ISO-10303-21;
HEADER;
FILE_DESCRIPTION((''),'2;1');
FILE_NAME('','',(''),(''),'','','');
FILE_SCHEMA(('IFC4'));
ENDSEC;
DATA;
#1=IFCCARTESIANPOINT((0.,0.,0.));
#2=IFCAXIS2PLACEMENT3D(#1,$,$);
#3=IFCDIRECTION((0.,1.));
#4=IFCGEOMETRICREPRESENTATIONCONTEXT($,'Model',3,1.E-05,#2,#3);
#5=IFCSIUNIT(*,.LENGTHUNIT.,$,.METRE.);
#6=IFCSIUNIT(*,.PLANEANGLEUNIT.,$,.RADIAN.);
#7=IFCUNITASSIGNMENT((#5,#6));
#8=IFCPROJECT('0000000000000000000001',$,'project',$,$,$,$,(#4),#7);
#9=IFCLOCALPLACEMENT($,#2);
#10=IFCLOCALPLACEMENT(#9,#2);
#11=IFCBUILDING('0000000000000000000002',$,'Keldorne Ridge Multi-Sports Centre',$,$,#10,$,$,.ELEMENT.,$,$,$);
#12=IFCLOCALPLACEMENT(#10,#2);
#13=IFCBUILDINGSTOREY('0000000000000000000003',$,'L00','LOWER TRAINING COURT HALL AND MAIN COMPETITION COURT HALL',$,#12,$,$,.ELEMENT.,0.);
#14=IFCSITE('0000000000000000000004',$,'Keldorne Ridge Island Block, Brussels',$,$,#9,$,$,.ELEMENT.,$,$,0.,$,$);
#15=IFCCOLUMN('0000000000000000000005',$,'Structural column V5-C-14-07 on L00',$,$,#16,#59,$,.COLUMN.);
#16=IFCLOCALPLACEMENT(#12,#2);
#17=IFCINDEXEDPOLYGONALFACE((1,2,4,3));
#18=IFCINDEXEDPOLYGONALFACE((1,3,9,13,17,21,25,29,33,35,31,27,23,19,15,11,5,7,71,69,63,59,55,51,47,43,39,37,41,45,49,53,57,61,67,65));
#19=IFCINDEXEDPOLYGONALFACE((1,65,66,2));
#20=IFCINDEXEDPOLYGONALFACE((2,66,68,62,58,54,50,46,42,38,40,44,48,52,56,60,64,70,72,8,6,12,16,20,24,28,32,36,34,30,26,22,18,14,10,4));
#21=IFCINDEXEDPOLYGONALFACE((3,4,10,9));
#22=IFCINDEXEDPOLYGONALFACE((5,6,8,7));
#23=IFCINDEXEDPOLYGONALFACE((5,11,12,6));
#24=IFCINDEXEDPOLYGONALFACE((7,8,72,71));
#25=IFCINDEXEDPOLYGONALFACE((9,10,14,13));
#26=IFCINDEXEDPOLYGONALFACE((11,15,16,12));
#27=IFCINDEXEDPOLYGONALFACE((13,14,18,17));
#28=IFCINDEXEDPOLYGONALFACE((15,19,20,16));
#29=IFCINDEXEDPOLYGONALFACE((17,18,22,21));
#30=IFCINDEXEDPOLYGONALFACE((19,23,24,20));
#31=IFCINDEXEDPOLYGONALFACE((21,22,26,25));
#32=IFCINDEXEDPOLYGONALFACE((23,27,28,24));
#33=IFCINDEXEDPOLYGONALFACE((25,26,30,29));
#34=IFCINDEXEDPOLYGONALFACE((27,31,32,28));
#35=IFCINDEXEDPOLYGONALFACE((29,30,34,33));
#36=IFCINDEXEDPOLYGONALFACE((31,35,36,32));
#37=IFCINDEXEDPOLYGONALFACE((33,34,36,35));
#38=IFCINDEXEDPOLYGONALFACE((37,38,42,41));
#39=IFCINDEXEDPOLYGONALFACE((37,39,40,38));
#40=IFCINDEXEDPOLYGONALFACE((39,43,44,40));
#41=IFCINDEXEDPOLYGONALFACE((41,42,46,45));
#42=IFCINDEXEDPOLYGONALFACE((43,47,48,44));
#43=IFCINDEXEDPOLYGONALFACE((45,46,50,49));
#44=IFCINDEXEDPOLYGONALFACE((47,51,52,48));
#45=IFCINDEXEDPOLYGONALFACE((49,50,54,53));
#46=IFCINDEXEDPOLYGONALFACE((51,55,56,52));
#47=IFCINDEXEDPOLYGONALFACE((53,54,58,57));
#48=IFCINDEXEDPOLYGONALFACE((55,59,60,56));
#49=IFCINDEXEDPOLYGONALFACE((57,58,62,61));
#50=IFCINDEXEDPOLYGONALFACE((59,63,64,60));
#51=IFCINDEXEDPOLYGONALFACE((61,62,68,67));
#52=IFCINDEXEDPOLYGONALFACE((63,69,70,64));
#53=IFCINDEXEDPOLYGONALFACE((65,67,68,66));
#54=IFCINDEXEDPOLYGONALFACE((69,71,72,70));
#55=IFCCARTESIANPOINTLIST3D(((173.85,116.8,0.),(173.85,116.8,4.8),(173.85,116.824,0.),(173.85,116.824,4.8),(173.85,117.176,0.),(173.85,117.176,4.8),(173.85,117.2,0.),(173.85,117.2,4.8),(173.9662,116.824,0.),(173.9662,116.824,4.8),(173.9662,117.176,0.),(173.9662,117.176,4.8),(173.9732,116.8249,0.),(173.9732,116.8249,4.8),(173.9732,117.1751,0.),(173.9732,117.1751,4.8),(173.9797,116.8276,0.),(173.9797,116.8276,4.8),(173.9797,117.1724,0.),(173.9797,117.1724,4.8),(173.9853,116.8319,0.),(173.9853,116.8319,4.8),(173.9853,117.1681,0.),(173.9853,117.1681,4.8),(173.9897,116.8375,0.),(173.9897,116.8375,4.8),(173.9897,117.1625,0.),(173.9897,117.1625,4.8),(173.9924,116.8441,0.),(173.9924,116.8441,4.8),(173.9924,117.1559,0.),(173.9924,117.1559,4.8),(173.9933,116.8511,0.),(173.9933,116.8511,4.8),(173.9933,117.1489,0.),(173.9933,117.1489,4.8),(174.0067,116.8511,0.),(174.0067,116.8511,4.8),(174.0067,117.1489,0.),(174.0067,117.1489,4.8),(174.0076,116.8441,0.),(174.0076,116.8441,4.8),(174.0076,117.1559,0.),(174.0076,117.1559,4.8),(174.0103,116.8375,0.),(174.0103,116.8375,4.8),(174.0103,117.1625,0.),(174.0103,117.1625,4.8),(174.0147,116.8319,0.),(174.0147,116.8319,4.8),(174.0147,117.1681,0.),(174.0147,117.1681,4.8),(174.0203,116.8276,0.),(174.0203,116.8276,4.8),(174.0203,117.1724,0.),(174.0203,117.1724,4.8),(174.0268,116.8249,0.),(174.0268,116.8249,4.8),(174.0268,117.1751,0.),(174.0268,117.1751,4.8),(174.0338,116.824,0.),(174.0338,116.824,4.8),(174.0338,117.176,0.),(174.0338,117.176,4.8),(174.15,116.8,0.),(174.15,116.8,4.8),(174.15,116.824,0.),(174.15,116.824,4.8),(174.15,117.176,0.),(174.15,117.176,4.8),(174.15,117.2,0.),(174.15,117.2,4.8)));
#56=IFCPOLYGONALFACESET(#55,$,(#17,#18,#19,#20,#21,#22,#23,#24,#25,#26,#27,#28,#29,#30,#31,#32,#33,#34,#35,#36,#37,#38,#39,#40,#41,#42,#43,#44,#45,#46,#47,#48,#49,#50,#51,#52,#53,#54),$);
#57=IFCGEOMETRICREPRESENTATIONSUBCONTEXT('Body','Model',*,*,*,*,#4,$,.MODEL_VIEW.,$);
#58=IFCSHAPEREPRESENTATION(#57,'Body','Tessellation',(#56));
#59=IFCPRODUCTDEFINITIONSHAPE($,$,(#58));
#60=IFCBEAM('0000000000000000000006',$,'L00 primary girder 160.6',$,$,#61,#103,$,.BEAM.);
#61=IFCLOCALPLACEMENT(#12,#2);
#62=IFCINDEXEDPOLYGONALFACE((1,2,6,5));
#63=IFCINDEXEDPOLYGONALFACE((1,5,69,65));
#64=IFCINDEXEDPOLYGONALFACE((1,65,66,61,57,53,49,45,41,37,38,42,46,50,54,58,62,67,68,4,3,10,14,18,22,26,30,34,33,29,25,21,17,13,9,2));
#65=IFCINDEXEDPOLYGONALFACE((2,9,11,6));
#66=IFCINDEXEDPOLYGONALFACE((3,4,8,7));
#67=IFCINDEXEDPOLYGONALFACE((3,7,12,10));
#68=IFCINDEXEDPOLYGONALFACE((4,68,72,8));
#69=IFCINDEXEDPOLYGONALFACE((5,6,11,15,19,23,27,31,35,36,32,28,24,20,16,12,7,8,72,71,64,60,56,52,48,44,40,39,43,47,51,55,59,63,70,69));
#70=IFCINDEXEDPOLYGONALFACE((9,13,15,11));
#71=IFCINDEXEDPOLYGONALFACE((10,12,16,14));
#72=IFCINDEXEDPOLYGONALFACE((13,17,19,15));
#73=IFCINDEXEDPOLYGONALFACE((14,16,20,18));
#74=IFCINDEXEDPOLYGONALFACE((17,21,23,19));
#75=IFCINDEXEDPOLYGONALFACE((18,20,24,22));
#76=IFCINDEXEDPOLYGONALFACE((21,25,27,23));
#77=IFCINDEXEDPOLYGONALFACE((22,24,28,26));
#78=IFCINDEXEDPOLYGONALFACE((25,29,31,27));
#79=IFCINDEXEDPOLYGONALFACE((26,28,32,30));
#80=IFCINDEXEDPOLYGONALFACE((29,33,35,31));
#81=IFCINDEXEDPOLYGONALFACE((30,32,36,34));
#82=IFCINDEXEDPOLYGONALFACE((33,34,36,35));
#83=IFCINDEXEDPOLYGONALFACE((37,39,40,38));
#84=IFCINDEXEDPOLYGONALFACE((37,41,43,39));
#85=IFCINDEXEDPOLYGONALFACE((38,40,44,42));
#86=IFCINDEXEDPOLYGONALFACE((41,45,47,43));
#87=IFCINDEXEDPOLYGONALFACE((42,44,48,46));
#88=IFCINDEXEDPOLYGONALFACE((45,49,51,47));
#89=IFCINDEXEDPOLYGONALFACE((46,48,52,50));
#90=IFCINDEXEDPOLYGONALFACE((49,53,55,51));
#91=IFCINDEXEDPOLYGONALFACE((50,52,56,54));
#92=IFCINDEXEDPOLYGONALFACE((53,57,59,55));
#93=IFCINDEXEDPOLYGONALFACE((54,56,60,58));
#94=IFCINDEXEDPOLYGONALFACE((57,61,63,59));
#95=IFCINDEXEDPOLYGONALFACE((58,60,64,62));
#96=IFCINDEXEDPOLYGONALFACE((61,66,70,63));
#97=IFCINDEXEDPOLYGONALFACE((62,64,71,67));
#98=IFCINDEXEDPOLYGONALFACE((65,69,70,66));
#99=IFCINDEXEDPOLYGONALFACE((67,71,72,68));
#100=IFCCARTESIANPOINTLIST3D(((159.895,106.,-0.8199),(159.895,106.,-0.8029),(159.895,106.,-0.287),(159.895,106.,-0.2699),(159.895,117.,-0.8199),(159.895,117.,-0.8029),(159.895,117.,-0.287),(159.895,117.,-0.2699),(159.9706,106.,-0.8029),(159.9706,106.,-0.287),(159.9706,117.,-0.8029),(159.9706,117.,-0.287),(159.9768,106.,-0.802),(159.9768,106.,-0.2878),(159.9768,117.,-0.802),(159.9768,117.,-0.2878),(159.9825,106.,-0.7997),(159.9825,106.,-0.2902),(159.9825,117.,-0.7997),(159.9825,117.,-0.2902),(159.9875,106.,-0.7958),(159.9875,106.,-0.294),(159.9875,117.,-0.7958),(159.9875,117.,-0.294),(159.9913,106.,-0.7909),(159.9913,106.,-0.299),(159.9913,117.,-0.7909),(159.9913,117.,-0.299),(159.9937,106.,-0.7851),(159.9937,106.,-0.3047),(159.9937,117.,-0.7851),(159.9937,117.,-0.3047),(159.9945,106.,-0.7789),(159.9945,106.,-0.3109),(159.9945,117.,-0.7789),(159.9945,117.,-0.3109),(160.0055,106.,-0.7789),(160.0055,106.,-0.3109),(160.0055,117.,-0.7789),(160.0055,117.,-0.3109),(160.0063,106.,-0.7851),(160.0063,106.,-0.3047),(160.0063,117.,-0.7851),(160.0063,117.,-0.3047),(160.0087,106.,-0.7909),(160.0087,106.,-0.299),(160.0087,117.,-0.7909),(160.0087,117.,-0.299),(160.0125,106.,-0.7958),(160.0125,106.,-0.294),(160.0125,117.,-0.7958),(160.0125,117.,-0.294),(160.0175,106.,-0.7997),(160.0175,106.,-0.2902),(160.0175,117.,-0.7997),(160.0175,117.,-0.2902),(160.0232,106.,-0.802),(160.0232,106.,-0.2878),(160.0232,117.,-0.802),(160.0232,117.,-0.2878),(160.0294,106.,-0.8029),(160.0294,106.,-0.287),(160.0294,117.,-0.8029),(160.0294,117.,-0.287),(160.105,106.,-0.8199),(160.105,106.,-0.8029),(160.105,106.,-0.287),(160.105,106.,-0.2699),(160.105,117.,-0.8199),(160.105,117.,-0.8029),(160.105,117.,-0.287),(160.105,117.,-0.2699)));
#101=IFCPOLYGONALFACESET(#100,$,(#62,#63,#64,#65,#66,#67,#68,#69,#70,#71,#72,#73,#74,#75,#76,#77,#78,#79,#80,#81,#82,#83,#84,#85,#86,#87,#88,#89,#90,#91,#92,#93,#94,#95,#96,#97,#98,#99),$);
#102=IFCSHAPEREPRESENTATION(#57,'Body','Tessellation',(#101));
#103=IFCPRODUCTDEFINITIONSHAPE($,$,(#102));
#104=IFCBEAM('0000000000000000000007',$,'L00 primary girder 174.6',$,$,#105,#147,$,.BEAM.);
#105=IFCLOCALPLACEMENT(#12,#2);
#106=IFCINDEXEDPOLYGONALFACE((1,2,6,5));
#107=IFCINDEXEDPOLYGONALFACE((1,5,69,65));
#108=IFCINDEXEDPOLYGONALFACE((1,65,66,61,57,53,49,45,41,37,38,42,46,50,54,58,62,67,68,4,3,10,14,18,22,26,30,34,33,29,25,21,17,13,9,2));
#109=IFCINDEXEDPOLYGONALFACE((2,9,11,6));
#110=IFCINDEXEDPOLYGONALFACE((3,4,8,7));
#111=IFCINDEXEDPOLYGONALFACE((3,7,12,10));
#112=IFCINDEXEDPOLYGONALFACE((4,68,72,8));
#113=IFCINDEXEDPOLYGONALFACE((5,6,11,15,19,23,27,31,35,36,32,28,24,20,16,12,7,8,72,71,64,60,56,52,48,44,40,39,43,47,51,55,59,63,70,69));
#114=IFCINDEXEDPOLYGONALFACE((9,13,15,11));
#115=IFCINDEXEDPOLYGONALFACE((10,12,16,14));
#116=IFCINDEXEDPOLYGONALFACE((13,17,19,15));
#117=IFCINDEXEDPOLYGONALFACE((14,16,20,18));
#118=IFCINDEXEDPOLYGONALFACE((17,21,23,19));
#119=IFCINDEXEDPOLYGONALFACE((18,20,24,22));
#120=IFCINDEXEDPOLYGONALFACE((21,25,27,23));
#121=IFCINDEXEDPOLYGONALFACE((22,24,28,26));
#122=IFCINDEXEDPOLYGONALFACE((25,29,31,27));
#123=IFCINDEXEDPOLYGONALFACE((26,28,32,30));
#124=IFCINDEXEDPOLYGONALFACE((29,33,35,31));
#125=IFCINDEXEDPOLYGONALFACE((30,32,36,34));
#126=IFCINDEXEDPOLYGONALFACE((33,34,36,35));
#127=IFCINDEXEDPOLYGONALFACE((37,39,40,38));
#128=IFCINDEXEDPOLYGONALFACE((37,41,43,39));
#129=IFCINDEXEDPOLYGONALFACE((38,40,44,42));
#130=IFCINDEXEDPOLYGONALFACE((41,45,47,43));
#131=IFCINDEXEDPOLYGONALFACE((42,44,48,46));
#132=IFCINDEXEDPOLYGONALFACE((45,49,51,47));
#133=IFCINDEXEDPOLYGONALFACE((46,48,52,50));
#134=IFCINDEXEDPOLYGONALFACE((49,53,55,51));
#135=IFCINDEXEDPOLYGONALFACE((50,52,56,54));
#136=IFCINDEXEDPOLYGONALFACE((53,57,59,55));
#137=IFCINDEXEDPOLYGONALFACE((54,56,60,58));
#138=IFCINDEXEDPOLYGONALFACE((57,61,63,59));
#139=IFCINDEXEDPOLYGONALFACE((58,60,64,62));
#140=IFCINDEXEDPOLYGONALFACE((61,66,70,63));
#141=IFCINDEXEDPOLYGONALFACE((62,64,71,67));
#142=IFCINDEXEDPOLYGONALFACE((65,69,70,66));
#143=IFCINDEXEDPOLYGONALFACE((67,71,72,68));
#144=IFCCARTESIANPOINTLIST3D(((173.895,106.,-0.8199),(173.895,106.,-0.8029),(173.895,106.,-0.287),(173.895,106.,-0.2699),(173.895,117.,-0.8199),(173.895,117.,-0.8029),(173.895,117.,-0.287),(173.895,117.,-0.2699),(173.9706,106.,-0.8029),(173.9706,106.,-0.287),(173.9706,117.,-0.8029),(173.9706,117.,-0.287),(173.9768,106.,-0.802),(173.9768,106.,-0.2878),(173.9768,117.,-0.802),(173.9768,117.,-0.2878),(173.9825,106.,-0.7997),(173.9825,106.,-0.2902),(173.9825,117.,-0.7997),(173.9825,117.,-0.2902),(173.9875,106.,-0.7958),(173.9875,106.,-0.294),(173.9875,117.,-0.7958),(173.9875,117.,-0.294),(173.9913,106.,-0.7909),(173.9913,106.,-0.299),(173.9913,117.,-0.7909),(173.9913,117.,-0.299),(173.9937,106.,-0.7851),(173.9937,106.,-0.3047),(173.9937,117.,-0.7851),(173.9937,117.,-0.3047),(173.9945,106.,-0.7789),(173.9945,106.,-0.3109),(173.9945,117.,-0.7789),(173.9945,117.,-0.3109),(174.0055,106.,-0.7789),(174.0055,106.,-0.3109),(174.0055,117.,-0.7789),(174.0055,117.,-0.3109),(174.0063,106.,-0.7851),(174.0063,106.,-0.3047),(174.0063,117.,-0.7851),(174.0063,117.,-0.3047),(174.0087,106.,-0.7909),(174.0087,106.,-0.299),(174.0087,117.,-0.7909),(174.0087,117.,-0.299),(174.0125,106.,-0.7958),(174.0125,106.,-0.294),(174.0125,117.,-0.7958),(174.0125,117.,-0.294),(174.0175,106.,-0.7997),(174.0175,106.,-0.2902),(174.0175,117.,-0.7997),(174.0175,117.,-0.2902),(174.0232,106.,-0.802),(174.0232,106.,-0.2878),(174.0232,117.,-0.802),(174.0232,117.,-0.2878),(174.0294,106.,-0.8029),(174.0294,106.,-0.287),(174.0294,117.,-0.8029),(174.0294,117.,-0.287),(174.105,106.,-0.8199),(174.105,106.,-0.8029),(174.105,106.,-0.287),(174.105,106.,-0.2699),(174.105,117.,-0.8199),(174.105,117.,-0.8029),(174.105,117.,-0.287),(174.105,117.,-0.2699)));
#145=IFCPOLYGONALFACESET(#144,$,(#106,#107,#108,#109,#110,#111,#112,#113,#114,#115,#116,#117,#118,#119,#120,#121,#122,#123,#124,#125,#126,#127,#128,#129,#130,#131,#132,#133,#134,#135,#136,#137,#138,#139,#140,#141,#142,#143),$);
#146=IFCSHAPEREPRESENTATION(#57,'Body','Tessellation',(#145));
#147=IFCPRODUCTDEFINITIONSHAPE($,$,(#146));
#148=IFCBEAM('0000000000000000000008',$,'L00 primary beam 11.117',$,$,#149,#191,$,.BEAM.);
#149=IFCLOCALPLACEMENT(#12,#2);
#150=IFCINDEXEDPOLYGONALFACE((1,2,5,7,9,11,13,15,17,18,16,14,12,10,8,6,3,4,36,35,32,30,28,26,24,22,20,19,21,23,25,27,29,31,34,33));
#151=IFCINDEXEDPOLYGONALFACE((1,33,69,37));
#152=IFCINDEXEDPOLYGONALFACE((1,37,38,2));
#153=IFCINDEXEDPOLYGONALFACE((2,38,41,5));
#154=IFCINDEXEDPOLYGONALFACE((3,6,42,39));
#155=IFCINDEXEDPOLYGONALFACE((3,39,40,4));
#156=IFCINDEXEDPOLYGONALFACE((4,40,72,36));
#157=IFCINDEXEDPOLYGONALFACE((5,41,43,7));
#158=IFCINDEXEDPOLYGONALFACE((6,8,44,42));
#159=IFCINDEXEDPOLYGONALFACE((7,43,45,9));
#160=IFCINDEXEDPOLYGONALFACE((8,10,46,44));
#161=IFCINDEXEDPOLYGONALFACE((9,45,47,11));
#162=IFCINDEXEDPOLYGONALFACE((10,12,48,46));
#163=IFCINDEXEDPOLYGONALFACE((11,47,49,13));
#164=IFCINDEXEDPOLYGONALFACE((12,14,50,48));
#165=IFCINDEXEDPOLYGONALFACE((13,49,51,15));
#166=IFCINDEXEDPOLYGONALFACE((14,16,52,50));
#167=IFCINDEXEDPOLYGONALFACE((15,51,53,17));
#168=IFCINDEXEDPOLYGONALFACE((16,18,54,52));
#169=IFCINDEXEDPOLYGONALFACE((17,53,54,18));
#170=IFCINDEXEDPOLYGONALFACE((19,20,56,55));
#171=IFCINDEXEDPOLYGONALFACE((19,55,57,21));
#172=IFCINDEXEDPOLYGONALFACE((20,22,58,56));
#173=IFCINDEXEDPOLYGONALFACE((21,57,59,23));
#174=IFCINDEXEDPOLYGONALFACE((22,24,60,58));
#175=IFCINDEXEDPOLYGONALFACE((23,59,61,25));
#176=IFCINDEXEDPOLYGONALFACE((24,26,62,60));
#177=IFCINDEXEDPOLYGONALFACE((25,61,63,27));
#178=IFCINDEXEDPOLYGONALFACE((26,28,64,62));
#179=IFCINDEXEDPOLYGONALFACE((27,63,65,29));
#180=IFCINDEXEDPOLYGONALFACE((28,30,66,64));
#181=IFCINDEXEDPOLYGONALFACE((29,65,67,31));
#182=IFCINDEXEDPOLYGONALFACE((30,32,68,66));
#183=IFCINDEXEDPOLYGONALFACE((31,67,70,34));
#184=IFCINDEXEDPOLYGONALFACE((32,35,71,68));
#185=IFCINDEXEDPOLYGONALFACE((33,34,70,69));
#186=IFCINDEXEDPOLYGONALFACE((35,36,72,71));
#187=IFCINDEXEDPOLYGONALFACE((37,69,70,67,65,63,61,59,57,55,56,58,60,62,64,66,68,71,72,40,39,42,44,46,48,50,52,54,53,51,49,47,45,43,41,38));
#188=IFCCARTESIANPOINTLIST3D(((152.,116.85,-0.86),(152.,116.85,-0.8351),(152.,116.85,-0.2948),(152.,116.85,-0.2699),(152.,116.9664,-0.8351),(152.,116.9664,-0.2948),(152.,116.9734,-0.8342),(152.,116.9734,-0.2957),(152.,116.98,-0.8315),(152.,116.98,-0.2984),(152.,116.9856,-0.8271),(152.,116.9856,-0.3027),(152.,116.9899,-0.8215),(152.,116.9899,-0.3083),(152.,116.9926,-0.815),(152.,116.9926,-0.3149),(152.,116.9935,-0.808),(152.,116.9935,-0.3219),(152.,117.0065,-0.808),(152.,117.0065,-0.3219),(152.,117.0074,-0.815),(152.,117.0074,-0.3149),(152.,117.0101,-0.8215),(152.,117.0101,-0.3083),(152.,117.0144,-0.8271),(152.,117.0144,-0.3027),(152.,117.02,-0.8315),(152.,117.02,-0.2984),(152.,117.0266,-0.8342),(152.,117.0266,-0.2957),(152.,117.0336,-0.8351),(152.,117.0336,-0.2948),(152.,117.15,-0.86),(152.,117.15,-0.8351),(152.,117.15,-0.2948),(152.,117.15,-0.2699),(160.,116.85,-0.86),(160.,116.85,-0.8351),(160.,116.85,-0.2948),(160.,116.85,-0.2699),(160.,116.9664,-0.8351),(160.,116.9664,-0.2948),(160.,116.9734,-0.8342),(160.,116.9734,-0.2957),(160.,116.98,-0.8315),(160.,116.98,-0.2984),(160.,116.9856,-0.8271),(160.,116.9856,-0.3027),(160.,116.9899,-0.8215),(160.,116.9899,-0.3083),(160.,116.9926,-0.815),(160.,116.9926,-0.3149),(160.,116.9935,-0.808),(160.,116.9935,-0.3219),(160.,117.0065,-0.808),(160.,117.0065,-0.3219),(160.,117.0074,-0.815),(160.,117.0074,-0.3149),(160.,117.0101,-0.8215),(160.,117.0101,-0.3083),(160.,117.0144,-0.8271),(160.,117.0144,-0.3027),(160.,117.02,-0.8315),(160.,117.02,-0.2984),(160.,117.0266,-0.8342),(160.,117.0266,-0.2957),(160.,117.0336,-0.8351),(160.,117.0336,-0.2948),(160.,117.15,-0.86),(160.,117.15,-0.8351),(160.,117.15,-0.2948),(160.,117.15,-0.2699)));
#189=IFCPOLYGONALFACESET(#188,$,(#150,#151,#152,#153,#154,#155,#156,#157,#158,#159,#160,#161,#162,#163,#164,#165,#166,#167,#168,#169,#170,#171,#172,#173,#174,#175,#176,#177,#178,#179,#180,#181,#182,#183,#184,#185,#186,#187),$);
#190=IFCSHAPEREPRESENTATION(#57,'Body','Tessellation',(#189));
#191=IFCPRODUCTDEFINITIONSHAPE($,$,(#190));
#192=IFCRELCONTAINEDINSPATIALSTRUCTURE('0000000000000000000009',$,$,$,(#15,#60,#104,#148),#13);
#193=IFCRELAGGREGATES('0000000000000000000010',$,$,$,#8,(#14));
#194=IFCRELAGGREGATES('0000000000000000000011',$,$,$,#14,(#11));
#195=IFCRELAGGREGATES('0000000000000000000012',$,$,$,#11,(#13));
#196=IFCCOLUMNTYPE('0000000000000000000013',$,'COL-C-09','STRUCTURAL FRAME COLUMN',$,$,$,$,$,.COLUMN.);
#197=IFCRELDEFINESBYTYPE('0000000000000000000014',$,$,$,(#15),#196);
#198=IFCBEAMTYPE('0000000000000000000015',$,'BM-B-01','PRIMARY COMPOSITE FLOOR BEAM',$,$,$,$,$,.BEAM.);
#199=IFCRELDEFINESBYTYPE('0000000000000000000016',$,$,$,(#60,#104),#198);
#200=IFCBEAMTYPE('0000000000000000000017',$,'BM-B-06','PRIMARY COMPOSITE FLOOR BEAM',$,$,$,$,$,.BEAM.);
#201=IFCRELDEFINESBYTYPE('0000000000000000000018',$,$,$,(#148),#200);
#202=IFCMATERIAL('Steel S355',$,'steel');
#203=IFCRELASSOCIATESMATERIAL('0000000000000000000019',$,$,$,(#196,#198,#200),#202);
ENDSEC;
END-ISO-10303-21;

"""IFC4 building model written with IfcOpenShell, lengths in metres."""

from ifc_helpers import new_model, si_unit, direction, frame, origin, origin_2d, place, context, subcontext, project, spatial, i_section, extrude, material, material_profile, profile_set, type_object, element, save


model = new_model("IFC4")

# Units and contexts
model_context = context("Model", 3, precision=1e-05, world=origin(), true_north=direction((0.0, 1.0)))
body_context = subcontext(model_context, "Body", "Model", "MODEL_VIEW")
ifc_project = project(units=[si_unit("LENGTHUNIT", "METRE"), si_unit("PLANEANGLEUNIT", "RADIAN")], contexts=[model_context])

# Site, building, storey
site_placement = place(None, origin())
site = spatial("IfcSite", under=ifc_project, at=site_placement, Name="Keldorne Ridge Island Block, Brussels", CompositionType="ELEMENT", RefElevation=0.0)
building_placement = place(site_placement, origin())
building = spatial("IfcBuilding", under=site, at=building_placement, Name="Keldorne Ridge Multi-Sports Centre", CompositionType="ELEMENT")
storey_placement = place(building_placement, origin())
storey = spatial("IfcBuildingStorey", under=building, at=storey_placement, Name="L00", Description="LOWER TRAINING COURT HALL AND MAIN COMPETITION COURT HALL", CompositionType="ELEMENT", Elevation=0.0)

# Column
ifc_material_1 = material(Name="Steel S355", Category="steel")
ifc_material_profile_1 = material_profile(ifc_material_1, i_section(OverallWidth=0.3, OverallDepth=0.3999, WebThickness=0.0134, FlangeThickness=0.0239, FilletRadius=0.0271, at=origin_2d()), Name="HEB 400")
ifc_profile_set_1 = profile_set([ifc_material_profile_1], Name="Steel S355")
column_type = type_object("IfcColumnType", Name="COL-C-09", Description="STRUCTURAL FRAME COLUMN", PredefinedType="COLUMN", material=ifc_profile_set_1)
for number, where, z_axis, x_axis, name in (
    (1, (174.0, 117.0, 0.0), (0.0, 0.0, 1.0), (1.0, 0.0, 0.0), "Structural column V5-C-14-07 on L00"),
):
    element("IfcColumn", number, at=place(storey_placement, frame(where, z_axis=z_axis, x_axis=x_axis)), inside=storey, type_object=column_type, Name=name, PredefinedType="COLUMN", context=body_context, shape_type="SweptSolid", body=[
        extrude(i_section(OverallWidth=0.3, OverallDepth=0.3999, WebThickness=0.0134, FlangeThickness=0.0239, FilletRadius=0.0271, at=origin_2d()), origin(), (0.0, 0.0, 1.0), 4.8),
    ])

# Beams
ifc_material_profile_2 = material_profile(ifc_material_1, i_section(OverallWidth=0.21, OverallDepth=0.55, WebThickness=0.011, FlangeThickness=0.0171, FilletRadius=0.0239, at=origin_2d()), Name="IPE 550")
ifc_profile_set_2 = profile_set([ifc_material_profile_2], Name="Steel S355")
beam_type_1 = type_object("IfcBeamType", Name="BM-B-01", Description="PRIMARY COMPOSITE FLOOR BEAM", PredefinedType="BEAM", material=ifc_profile_set_2)
for number, where, z_axis, x_axis, name in (
    (2, (160.0, 106.0, -0.5449), (0.0, 1.0, 0.0), (-1.0, 0.0, 0.0), "L00 primary girder 160.6"),
    (3, (174.0, 106.0, -0.5449), (0.0, 1.0, 0.0), (-1.0, 0.0, 0.0), "L00 primary girder 174.6"),
):
    element("IfcBeam", number, at=place(storey_placement, frame(where, z_axis=z_axis, x_axis=x_axis)), inside=storey, type_object=beam_type_1, Name=name, PredefinedType="BEAM", context=body_context, shape_type="SweptSolid", body=[
        extrude(i_section(OverallWidth=0.21, OverallDepth=0.55, WebThickness=0.011, FlangeThickness=0.0171, FilletRadius=0.0239, at=origin_2d()), origin(), (0.0, 0.0, 1.0), 11.0),
    ])
ifc_material_profile_3 = material_profile(ifc_material_1, i_section(OverallWidth=0.3, OverallDepth=0.5901, WebThickness=0.0129, FlangeThickness=0.0249, FilletRadius=0.0271, at=origin_2d()), Name="HEA 600")
ifc_profile_set_3 = profile_set([ifc_material_profile_3], Name="Steel S355")
beam_type_2 = type_object("IfcBeamType", Name="BM-B-06", Description="PRIMARY COMPOSITE FLOOR BEAM", PredefinedType="BEAM", material=ifc_profile_set_3)
for number, where, z_axis, x_axis, name in (
    (4, (152.0, 117.0, -0.5649), (1.0, 0.0, 0.0), (0.0, 1.0, 0.0), "L00 primary beam 11.117"),
):
    element("IfcBeam", number, at=place(storey_placement, frame(where, z_axis=z_axis, x_axis=x_axis)), inside=storey, type_object=beam_type_2, Name=name, PredefinedType="BEAM", context=body_context, shape_type="SweptSolid", body=[
        extrude(i_section(OverallWidth=0.3, OverallDepth=0.5901, WebThickness=0.0129, FlangeThickness=0.0249, FilletRadius=0.0271, at=origin_2d()), origin(), (0.0, 0.0, 1.0), 8.0),
    ])

save(model, "model.ifc")
